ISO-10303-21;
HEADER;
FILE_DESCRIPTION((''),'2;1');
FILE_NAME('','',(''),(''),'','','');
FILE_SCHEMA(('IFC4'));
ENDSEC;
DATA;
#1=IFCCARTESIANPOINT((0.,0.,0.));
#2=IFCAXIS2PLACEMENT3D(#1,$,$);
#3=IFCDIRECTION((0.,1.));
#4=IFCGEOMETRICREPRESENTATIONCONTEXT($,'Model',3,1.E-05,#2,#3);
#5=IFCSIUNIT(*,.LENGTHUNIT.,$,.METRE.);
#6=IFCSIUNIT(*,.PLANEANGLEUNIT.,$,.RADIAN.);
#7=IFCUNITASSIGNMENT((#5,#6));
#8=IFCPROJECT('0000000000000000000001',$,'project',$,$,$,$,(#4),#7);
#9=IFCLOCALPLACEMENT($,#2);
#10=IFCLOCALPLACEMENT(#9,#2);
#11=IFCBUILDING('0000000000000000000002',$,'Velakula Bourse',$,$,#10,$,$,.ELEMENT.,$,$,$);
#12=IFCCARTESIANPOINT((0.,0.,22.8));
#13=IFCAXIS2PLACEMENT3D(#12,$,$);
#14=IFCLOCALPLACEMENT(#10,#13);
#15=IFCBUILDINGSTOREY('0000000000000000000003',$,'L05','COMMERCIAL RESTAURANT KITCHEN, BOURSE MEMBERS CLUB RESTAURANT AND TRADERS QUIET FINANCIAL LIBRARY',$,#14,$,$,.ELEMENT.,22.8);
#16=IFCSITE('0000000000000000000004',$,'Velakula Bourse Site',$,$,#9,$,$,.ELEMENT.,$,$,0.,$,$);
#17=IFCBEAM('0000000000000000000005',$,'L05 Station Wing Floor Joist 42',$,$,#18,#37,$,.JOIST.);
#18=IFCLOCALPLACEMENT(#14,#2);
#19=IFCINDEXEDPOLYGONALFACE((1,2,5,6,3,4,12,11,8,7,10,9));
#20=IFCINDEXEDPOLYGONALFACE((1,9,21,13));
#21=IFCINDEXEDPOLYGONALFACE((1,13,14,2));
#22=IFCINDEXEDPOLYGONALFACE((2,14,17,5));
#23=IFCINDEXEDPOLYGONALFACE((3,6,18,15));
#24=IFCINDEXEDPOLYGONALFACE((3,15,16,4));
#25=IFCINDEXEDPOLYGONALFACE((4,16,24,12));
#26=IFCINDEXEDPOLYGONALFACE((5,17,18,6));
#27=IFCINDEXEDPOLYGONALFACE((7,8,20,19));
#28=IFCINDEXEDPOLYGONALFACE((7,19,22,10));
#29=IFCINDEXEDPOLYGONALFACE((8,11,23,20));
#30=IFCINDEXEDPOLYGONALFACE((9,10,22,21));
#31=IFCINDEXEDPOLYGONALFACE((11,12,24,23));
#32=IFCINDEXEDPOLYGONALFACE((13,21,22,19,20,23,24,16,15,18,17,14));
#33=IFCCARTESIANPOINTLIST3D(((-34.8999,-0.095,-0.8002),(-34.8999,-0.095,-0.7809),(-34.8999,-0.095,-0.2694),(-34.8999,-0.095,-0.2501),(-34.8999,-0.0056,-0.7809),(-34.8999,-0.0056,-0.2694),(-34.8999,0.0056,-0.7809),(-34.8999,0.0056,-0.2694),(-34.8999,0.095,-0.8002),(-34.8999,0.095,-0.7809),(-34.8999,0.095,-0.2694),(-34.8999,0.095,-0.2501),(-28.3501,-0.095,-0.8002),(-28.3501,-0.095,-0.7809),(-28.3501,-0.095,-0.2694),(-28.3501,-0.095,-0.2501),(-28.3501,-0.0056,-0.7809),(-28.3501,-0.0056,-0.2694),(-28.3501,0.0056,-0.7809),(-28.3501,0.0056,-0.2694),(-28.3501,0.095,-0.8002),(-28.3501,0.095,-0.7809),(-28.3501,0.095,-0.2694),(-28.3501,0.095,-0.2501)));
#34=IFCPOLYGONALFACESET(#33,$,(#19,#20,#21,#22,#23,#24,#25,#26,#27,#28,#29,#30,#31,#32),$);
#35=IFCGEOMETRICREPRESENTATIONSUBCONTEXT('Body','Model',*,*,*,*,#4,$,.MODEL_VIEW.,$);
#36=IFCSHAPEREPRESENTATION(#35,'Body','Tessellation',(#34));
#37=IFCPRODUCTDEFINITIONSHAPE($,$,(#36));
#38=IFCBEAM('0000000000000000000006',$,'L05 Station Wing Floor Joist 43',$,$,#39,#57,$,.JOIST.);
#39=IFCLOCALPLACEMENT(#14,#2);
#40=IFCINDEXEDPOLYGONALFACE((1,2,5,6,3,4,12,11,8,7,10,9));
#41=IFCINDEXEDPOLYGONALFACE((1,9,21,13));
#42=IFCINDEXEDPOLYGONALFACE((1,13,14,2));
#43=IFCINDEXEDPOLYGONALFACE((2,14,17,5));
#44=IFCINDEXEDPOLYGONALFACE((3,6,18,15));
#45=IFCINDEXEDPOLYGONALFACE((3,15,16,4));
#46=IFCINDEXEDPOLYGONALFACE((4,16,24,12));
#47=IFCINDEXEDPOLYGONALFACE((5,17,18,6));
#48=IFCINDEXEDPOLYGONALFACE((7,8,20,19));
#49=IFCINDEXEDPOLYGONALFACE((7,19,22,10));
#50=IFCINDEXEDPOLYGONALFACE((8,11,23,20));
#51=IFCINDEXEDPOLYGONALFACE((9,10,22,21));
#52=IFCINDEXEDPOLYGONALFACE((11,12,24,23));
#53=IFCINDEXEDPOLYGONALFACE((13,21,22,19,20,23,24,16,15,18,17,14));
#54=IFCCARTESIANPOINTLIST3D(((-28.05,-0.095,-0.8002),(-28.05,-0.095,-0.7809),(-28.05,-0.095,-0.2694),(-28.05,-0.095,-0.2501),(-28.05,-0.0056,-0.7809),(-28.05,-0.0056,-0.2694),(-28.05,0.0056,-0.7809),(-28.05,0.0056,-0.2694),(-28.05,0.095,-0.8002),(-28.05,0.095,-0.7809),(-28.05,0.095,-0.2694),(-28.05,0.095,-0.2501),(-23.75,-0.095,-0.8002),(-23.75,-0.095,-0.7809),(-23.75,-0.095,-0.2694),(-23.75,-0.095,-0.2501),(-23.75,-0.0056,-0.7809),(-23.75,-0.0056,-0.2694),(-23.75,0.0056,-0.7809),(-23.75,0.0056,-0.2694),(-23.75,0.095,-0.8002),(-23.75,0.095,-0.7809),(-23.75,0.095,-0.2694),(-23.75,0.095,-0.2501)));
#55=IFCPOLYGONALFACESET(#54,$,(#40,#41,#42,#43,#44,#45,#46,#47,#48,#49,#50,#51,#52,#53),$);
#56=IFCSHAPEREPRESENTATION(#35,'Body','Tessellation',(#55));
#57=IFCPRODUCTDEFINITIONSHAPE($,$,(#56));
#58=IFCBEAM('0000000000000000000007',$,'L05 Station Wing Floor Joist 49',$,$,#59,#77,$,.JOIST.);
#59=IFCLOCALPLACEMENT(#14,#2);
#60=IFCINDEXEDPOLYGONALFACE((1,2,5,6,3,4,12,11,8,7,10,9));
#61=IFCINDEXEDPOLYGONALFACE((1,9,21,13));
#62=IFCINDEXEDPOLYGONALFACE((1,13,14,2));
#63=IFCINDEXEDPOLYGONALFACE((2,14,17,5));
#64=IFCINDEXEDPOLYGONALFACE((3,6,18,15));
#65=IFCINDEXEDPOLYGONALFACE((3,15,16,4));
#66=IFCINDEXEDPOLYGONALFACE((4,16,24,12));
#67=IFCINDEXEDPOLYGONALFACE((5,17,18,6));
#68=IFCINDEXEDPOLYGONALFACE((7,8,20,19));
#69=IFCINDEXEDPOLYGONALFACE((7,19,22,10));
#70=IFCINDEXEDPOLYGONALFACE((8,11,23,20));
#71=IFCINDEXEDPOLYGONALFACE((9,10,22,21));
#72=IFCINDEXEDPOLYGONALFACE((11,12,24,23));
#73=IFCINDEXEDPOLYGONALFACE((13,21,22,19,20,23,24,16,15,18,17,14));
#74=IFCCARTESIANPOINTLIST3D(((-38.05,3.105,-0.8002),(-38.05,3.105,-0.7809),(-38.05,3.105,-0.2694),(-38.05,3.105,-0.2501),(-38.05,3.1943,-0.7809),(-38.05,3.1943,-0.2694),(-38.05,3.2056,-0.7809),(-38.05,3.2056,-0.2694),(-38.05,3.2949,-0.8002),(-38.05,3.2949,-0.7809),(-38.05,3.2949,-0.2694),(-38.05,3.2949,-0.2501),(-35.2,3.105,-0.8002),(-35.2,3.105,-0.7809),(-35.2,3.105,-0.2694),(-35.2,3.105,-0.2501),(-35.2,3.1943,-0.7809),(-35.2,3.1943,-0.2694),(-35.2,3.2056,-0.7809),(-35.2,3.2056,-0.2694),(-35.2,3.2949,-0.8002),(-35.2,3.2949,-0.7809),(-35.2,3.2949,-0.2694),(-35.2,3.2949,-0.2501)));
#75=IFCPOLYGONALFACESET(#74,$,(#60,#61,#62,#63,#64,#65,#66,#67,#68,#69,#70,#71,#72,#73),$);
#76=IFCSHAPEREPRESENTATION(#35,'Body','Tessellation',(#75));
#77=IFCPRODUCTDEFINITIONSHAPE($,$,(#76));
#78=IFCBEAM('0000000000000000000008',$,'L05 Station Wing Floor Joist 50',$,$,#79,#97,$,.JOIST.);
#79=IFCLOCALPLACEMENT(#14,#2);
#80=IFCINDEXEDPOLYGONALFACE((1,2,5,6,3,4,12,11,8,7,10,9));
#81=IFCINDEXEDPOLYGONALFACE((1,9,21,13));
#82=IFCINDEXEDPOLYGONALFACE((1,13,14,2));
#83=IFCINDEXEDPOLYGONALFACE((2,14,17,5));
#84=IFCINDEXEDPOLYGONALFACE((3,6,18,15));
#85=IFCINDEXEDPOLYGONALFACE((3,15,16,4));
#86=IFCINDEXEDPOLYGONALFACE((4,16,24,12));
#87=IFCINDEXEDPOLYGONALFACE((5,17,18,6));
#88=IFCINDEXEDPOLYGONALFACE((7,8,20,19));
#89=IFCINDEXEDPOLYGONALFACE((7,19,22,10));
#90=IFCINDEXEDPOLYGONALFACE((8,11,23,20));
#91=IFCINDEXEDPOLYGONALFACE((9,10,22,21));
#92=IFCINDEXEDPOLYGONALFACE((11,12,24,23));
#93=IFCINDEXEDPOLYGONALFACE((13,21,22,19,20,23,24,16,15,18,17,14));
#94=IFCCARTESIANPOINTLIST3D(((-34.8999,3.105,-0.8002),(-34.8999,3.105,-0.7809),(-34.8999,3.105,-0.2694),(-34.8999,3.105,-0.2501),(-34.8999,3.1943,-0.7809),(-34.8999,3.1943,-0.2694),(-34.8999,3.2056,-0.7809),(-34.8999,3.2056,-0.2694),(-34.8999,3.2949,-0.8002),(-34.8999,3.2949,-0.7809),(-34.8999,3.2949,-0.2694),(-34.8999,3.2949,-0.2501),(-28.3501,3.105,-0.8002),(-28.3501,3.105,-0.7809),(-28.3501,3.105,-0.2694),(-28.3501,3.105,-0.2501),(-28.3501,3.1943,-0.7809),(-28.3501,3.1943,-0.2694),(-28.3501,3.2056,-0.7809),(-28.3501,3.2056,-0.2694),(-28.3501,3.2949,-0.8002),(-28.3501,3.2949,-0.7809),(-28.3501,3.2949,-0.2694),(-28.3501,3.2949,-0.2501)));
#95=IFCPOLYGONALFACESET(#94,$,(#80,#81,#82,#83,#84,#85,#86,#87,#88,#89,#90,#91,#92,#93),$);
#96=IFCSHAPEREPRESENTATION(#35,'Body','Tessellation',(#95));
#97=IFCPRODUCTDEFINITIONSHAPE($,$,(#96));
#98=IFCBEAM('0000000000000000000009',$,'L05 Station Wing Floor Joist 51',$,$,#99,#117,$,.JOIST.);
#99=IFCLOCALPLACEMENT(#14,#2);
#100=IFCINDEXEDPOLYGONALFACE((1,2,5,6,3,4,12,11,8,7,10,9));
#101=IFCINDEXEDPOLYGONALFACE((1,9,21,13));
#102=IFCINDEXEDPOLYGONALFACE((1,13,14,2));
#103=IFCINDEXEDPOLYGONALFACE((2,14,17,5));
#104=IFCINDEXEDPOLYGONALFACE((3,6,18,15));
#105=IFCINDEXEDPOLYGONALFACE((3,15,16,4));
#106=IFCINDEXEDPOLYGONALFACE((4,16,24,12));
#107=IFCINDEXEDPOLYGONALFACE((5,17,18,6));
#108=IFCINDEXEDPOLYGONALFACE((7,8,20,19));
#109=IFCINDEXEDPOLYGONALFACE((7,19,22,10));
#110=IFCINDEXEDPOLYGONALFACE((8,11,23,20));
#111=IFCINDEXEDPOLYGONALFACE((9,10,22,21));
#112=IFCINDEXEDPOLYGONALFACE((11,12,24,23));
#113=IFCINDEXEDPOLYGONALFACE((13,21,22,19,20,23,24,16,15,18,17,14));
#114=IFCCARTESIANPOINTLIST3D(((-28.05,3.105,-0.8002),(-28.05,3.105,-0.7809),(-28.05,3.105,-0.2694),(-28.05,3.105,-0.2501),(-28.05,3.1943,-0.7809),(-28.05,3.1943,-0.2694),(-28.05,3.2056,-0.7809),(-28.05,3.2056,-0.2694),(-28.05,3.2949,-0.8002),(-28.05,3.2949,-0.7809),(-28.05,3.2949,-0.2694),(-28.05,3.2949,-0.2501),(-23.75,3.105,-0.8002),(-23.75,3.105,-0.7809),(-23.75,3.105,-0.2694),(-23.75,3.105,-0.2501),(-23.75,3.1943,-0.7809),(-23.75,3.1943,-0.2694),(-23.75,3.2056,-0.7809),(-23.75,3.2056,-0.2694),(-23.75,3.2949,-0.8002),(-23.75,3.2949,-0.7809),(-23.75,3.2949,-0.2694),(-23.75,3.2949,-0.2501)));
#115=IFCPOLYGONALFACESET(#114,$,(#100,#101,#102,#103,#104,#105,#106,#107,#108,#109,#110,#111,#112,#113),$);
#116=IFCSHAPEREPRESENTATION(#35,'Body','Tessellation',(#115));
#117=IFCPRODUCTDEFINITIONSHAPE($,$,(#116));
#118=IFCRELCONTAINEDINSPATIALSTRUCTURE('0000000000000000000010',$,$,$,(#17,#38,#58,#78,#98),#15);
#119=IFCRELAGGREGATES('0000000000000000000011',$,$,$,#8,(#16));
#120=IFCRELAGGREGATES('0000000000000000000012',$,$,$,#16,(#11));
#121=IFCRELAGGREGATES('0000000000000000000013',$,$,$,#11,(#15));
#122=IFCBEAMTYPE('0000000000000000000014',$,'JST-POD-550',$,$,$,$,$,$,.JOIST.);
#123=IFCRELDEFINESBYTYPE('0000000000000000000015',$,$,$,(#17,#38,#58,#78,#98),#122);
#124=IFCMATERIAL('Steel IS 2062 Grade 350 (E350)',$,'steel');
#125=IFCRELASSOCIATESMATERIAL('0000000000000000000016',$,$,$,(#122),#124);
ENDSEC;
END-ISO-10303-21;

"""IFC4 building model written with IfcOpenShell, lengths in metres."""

from ifc_helpers import new_model, si_unit, direction, frame, origin, origin_2d, place, context, subcontext, project, spatial, i_section, extrude, material, material_profile, profile_set, type_object, element, save


model = new_model("IFC4")

# Units and contexts
model_context = context("Model", 3, precision=1e-05, world=origin(), true_north=direction((0.0, 1.0)))
body_context = subcontext(model_context, "Body", "Model", "MODEL_VIEW")
ifc_project = project(units=[si_unit("LENGTHUNIT", "METRE"), si_unit("PLANEANGLEUNIT", "RADIAN")], contexts=[model_context])

# Site, building, storey
site_placement = place(None, origin())
site = spatial("IfcSite", under=ifc_project, at=site_placement, Name="Velakula Bourse Site", CompositionType="ELEMENT", RefElevation=0.0)
building_placement = place(site_placement, origin())
building = spatial("IfcBuilding", under=site, at=building_placement, Name="Velakula Bourse", CompositionType="ELEMENT")
storey_placement = place(building_placement, frame((0.0, 0.0, 22.8)))
storey = spatial("IfcBuildingStorey", under=building, at=storey_placement, Name="L05", Description="COMMERCIAL RESTAURANT KITCHEN, BOURSE MEMBERS CLUB RESTAURANT AND TRADERS QUIET FINANCIAL LIBRARY", CompositionType="ELEMENT", Elevation=22.8)

# Beams
ifc_material_1 = material(Name="Steel IS 2062 Grade 350 (E350)", Category="steel")
ifc_material_profile_1 = material_profile(ifc_material_1, i_section(OverallWidth=0.1899, OverallDepth=0.55, WebThickness=0.0112, FlangeThickness=0.0193, at=origin_2d()), Name="Steel IS 2062 Grade 350 (E350)")
ifc_profile_set_1 = profile_set([ifc_material_profile_1], Name="Steel IS 2062 Grade 350 (E350)")
beam_type_1 = type_object("IfcBeamType", Name="JST-POD-550", PredefinedType="JOIST", material=ifc_profile_set_1)
beam_1_placement = place(storey_placement, frame((-34.8999, 0.0, -0.5251), z_axis=(1.0, 0.0, 0.0), x_axis=(0.0, 1.0, 0.0)))
element("IfcBeam", 1, at=beam_1_placement, inside=storey, type_object=beam_type_1, Name="L05 Station Wing Floor Joist 42", PredefinedType="JOIST", context=body_context, shape_type="SweptSolid", body=[
    extrude(i_section(OverallWidth=0.1899, OverallDepth=0.55, WebThickness=0.0112, FlangeThickness=0.0193, at=origin_2d()), origin(), (0.0, 0.0, 1.0), 6.5498),
])
beam_2_placement = place(storey_placement, frame((-28.05, 0.0, -0.5251), z_axis=(1.0, 0.0, 0.0), x_axis=(0.0, 1.0, 0.0)))
element("IfcBeam", 2, at=beam_2_placement, inside=storey, type_object=beam_type_1, Name="L05 Station Wing Floor Joist 43", PredefinedType="JOIST", context=body_context, shape_type="SweptSolid", body=[
    extrude(i_section(OverallWidth=0.1899, OverallDepth=0.55, WebThickness=0.0112, FlangeThickness=0.0193, at=origin_2d()), origin(), (0.0, 0.0, 1.0), 4.3),
])
beam_3_placement = place(storey_placement, frame((-38.05, 3.2, -0.5251), z_axis=(1.0, 0.0, 0.0), x_axis=(0.0, 1.0, 0.0)))
element("IfcBeam", 3, at=beam_3_placement, inside=storey, type_object=beam_type_1, Name="L05 Station Wing Floor Joist 49", PredefinedType="JOIST", context=body_context, shape_type="SweptSolid", body=[
    extrude(i_section(OverallWidth=0.1899, OverallDepth=0.55, WebThickness=0.0112, FlangeThickness=0.0193, at=origin_2d()), origin(), (0.0, 0.0, 1.0), 2.8501),
])
beam_4_placement = place(storey_placement, frame((-34.8999, 3.2, -0.5251), z_axis=(1.0, 0.0, 0.0), x_axis=(0.0, 1.0, 0.0)))
element("IfcBeam", 4, at=beam_4_placement, inside=storey, type_object=beam_type_1, Name="L05 Station Wing Floor Joist 50", PredefinedType="JOIST", context=body_context, shape_type="SweptSolid", body=[
    extrude(i_section(OverallWidth=0.1899, OverallDepth=0.55, WebThickness=0.0112, FlangeThickness=0.0193, at=origin_2d()), origin(), (0.0, 0.0, 1.0), 6.5498),
])
beam_5_placement = place(storey_placement, frame((-28.05, 3.2, -0.5251), z_axis=(1.0, 0.0, 0.0), x_axis=(0.0, 1.0, 0.0)))
element("IfcBeam", 5, at=beam_5_placement, inside=storey, type_object=beam_type_1, Name="L05 Station Wing Floor Joist 51", PredefinedType="JOIST", context=body_context, shape_type="SweptSolid", body=[
    extrude(i_section(OverallWidth=0.1899, OverallDepth=0.55, WebThickness=0.0112, FlangeThickness=0.0193, at=origin_2d()), origin(), (0.0, 0.0, 1.0), 4.3),
])

save(model, "model.ifc")
